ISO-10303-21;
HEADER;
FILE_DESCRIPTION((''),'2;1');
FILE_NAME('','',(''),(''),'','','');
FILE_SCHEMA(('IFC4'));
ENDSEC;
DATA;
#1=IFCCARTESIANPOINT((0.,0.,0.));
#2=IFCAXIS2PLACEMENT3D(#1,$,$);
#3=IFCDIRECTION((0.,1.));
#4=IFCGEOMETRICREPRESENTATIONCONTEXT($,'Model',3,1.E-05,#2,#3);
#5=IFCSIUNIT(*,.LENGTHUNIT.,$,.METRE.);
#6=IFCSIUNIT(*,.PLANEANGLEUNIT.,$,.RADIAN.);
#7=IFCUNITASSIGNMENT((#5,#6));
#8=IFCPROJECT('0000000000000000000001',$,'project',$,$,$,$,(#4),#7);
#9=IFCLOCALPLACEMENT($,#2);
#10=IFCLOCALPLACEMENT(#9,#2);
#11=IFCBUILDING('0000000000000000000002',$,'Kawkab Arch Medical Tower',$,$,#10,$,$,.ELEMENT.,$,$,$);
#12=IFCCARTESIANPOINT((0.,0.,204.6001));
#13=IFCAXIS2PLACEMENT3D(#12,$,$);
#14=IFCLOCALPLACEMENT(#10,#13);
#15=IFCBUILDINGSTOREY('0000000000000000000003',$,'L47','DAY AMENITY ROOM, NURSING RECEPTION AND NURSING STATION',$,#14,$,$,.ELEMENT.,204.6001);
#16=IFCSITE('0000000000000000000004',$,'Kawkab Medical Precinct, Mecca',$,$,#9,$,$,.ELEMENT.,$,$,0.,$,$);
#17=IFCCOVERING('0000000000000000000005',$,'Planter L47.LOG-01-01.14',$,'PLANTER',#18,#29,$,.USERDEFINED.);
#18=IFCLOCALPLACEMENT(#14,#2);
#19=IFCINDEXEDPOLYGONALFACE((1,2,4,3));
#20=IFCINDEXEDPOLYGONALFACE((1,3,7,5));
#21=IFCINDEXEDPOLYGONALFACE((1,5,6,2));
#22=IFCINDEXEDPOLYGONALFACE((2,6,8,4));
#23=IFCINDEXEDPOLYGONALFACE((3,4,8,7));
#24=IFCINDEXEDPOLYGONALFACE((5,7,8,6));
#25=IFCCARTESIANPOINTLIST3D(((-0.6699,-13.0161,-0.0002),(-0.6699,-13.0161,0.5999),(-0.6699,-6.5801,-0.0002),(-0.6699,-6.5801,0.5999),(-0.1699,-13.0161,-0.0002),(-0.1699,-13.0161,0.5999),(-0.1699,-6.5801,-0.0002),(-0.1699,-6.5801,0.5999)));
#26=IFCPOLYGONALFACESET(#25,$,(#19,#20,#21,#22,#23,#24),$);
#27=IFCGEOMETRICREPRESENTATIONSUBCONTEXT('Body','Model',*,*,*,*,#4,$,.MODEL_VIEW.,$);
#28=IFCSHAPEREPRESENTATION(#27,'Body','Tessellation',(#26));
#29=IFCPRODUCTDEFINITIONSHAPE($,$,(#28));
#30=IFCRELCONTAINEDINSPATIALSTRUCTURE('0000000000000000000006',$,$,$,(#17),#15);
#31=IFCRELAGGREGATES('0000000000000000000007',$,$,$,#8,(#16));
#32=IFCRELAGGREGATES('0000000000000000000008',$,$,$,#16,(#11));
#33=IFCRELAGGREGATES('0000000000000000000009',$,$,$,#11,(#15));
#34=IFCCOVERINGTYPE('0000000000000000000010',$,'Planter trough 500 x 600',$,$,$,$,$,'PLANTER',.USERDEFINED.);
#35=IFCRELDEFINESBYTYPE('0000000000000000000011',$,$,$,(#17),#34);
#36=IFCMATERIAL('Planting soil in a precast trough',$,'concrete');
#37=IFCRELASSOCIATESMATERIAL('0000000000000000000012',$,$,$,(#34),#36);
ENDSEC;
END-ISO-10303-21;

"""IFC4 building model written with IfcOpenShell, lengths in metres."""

from ifc_helpers import new_model, si_unit, direction, frame, origin, origin_2d, place, context, subcontext, project, spatial, rectangle, extrude, material, material_profile, profile_set, type_object, element, save


model = new_model("IFC4")

# Units and contexts
model_context = context("Model", 3, precision=1e-05, world=origin(), true_north=direction((0.0, 1.0)))
body_context = subcontext(model_context, "Body", "Model", "MODEL_VIEW")
ifc_project = project(units=[si_unit("LENGTHUNIT", "METRE"), si_unit("PLANEANGLEUNIT", "RADIAN")], contexts=[model_context])

# Site, building, storey
site_placement = place(None, origin())
site = spatial("IfcSite", under=ifc_project, at=site_placement, Name="Kawkab Medical Precinct, Mecca", CompositionType="ELEMENT", RefElevation=0.0)
building_placement = place(site_placement, origin())
building = spatial("IfcBuilding", under=site, at=building_placement, Name="Kawkab Arch Medical Tower", CompositionType="ELEMENT")
storey_placement = place(building_placement, frame((0.0, 0.0, 204.6001)))
storey = spatial("IfcBuildingStorey", under=building, at=storey_placement, Name="L47", Description="DAY AMENITY ROOM, NURSING RECEPTION AND NURSING STATION", CompositionType="ELEMENT", Elevation=204.6001)

# Covering
ifc_material_1 = material(Name="Planting soil in a precast trough", Category="concrete")
ifc_material_profile_1 = material_profile(ifc_material_1, rectangle(XDim=0.5, YDim=0.6001, at=origin_2d()), Name="Trough 500x600")
ifc_profile_set_1 = profile_set([ifc_material_profile_1], Name="Planting soil in a precast trough")
covering_type_1 = type_object("IfcCoveringType", Name="Planter trough 500 x 600", ElementType="PLANTER", PredefinedType="USERDEFINED", material=ifc_profile_set_1)
covering_1_placement = place(storey_placement, frame((-0.4199, -13.0161, 0.2998), z_axis=(0.0, 1.0, 0.0), x_axis=(-1.0, 0.0, 0.0)))
element("IfcCovering", 1, at=covering_1_placement, inside=storey, type_object=covering_type_1, Name="Planter L47.LOG-01-01.14", ObjectType="PLANTER", PredefinedType="USERDEFINED", context=body_context, shape_type="SweptSolid", body=[
    extrude(rectangle(XDim=0.5, YDim=0.6001, at=origin_2d()), origin(), (0.0, 0.0, 1.0), 6.436),
])

save(model, "model.ifc")
